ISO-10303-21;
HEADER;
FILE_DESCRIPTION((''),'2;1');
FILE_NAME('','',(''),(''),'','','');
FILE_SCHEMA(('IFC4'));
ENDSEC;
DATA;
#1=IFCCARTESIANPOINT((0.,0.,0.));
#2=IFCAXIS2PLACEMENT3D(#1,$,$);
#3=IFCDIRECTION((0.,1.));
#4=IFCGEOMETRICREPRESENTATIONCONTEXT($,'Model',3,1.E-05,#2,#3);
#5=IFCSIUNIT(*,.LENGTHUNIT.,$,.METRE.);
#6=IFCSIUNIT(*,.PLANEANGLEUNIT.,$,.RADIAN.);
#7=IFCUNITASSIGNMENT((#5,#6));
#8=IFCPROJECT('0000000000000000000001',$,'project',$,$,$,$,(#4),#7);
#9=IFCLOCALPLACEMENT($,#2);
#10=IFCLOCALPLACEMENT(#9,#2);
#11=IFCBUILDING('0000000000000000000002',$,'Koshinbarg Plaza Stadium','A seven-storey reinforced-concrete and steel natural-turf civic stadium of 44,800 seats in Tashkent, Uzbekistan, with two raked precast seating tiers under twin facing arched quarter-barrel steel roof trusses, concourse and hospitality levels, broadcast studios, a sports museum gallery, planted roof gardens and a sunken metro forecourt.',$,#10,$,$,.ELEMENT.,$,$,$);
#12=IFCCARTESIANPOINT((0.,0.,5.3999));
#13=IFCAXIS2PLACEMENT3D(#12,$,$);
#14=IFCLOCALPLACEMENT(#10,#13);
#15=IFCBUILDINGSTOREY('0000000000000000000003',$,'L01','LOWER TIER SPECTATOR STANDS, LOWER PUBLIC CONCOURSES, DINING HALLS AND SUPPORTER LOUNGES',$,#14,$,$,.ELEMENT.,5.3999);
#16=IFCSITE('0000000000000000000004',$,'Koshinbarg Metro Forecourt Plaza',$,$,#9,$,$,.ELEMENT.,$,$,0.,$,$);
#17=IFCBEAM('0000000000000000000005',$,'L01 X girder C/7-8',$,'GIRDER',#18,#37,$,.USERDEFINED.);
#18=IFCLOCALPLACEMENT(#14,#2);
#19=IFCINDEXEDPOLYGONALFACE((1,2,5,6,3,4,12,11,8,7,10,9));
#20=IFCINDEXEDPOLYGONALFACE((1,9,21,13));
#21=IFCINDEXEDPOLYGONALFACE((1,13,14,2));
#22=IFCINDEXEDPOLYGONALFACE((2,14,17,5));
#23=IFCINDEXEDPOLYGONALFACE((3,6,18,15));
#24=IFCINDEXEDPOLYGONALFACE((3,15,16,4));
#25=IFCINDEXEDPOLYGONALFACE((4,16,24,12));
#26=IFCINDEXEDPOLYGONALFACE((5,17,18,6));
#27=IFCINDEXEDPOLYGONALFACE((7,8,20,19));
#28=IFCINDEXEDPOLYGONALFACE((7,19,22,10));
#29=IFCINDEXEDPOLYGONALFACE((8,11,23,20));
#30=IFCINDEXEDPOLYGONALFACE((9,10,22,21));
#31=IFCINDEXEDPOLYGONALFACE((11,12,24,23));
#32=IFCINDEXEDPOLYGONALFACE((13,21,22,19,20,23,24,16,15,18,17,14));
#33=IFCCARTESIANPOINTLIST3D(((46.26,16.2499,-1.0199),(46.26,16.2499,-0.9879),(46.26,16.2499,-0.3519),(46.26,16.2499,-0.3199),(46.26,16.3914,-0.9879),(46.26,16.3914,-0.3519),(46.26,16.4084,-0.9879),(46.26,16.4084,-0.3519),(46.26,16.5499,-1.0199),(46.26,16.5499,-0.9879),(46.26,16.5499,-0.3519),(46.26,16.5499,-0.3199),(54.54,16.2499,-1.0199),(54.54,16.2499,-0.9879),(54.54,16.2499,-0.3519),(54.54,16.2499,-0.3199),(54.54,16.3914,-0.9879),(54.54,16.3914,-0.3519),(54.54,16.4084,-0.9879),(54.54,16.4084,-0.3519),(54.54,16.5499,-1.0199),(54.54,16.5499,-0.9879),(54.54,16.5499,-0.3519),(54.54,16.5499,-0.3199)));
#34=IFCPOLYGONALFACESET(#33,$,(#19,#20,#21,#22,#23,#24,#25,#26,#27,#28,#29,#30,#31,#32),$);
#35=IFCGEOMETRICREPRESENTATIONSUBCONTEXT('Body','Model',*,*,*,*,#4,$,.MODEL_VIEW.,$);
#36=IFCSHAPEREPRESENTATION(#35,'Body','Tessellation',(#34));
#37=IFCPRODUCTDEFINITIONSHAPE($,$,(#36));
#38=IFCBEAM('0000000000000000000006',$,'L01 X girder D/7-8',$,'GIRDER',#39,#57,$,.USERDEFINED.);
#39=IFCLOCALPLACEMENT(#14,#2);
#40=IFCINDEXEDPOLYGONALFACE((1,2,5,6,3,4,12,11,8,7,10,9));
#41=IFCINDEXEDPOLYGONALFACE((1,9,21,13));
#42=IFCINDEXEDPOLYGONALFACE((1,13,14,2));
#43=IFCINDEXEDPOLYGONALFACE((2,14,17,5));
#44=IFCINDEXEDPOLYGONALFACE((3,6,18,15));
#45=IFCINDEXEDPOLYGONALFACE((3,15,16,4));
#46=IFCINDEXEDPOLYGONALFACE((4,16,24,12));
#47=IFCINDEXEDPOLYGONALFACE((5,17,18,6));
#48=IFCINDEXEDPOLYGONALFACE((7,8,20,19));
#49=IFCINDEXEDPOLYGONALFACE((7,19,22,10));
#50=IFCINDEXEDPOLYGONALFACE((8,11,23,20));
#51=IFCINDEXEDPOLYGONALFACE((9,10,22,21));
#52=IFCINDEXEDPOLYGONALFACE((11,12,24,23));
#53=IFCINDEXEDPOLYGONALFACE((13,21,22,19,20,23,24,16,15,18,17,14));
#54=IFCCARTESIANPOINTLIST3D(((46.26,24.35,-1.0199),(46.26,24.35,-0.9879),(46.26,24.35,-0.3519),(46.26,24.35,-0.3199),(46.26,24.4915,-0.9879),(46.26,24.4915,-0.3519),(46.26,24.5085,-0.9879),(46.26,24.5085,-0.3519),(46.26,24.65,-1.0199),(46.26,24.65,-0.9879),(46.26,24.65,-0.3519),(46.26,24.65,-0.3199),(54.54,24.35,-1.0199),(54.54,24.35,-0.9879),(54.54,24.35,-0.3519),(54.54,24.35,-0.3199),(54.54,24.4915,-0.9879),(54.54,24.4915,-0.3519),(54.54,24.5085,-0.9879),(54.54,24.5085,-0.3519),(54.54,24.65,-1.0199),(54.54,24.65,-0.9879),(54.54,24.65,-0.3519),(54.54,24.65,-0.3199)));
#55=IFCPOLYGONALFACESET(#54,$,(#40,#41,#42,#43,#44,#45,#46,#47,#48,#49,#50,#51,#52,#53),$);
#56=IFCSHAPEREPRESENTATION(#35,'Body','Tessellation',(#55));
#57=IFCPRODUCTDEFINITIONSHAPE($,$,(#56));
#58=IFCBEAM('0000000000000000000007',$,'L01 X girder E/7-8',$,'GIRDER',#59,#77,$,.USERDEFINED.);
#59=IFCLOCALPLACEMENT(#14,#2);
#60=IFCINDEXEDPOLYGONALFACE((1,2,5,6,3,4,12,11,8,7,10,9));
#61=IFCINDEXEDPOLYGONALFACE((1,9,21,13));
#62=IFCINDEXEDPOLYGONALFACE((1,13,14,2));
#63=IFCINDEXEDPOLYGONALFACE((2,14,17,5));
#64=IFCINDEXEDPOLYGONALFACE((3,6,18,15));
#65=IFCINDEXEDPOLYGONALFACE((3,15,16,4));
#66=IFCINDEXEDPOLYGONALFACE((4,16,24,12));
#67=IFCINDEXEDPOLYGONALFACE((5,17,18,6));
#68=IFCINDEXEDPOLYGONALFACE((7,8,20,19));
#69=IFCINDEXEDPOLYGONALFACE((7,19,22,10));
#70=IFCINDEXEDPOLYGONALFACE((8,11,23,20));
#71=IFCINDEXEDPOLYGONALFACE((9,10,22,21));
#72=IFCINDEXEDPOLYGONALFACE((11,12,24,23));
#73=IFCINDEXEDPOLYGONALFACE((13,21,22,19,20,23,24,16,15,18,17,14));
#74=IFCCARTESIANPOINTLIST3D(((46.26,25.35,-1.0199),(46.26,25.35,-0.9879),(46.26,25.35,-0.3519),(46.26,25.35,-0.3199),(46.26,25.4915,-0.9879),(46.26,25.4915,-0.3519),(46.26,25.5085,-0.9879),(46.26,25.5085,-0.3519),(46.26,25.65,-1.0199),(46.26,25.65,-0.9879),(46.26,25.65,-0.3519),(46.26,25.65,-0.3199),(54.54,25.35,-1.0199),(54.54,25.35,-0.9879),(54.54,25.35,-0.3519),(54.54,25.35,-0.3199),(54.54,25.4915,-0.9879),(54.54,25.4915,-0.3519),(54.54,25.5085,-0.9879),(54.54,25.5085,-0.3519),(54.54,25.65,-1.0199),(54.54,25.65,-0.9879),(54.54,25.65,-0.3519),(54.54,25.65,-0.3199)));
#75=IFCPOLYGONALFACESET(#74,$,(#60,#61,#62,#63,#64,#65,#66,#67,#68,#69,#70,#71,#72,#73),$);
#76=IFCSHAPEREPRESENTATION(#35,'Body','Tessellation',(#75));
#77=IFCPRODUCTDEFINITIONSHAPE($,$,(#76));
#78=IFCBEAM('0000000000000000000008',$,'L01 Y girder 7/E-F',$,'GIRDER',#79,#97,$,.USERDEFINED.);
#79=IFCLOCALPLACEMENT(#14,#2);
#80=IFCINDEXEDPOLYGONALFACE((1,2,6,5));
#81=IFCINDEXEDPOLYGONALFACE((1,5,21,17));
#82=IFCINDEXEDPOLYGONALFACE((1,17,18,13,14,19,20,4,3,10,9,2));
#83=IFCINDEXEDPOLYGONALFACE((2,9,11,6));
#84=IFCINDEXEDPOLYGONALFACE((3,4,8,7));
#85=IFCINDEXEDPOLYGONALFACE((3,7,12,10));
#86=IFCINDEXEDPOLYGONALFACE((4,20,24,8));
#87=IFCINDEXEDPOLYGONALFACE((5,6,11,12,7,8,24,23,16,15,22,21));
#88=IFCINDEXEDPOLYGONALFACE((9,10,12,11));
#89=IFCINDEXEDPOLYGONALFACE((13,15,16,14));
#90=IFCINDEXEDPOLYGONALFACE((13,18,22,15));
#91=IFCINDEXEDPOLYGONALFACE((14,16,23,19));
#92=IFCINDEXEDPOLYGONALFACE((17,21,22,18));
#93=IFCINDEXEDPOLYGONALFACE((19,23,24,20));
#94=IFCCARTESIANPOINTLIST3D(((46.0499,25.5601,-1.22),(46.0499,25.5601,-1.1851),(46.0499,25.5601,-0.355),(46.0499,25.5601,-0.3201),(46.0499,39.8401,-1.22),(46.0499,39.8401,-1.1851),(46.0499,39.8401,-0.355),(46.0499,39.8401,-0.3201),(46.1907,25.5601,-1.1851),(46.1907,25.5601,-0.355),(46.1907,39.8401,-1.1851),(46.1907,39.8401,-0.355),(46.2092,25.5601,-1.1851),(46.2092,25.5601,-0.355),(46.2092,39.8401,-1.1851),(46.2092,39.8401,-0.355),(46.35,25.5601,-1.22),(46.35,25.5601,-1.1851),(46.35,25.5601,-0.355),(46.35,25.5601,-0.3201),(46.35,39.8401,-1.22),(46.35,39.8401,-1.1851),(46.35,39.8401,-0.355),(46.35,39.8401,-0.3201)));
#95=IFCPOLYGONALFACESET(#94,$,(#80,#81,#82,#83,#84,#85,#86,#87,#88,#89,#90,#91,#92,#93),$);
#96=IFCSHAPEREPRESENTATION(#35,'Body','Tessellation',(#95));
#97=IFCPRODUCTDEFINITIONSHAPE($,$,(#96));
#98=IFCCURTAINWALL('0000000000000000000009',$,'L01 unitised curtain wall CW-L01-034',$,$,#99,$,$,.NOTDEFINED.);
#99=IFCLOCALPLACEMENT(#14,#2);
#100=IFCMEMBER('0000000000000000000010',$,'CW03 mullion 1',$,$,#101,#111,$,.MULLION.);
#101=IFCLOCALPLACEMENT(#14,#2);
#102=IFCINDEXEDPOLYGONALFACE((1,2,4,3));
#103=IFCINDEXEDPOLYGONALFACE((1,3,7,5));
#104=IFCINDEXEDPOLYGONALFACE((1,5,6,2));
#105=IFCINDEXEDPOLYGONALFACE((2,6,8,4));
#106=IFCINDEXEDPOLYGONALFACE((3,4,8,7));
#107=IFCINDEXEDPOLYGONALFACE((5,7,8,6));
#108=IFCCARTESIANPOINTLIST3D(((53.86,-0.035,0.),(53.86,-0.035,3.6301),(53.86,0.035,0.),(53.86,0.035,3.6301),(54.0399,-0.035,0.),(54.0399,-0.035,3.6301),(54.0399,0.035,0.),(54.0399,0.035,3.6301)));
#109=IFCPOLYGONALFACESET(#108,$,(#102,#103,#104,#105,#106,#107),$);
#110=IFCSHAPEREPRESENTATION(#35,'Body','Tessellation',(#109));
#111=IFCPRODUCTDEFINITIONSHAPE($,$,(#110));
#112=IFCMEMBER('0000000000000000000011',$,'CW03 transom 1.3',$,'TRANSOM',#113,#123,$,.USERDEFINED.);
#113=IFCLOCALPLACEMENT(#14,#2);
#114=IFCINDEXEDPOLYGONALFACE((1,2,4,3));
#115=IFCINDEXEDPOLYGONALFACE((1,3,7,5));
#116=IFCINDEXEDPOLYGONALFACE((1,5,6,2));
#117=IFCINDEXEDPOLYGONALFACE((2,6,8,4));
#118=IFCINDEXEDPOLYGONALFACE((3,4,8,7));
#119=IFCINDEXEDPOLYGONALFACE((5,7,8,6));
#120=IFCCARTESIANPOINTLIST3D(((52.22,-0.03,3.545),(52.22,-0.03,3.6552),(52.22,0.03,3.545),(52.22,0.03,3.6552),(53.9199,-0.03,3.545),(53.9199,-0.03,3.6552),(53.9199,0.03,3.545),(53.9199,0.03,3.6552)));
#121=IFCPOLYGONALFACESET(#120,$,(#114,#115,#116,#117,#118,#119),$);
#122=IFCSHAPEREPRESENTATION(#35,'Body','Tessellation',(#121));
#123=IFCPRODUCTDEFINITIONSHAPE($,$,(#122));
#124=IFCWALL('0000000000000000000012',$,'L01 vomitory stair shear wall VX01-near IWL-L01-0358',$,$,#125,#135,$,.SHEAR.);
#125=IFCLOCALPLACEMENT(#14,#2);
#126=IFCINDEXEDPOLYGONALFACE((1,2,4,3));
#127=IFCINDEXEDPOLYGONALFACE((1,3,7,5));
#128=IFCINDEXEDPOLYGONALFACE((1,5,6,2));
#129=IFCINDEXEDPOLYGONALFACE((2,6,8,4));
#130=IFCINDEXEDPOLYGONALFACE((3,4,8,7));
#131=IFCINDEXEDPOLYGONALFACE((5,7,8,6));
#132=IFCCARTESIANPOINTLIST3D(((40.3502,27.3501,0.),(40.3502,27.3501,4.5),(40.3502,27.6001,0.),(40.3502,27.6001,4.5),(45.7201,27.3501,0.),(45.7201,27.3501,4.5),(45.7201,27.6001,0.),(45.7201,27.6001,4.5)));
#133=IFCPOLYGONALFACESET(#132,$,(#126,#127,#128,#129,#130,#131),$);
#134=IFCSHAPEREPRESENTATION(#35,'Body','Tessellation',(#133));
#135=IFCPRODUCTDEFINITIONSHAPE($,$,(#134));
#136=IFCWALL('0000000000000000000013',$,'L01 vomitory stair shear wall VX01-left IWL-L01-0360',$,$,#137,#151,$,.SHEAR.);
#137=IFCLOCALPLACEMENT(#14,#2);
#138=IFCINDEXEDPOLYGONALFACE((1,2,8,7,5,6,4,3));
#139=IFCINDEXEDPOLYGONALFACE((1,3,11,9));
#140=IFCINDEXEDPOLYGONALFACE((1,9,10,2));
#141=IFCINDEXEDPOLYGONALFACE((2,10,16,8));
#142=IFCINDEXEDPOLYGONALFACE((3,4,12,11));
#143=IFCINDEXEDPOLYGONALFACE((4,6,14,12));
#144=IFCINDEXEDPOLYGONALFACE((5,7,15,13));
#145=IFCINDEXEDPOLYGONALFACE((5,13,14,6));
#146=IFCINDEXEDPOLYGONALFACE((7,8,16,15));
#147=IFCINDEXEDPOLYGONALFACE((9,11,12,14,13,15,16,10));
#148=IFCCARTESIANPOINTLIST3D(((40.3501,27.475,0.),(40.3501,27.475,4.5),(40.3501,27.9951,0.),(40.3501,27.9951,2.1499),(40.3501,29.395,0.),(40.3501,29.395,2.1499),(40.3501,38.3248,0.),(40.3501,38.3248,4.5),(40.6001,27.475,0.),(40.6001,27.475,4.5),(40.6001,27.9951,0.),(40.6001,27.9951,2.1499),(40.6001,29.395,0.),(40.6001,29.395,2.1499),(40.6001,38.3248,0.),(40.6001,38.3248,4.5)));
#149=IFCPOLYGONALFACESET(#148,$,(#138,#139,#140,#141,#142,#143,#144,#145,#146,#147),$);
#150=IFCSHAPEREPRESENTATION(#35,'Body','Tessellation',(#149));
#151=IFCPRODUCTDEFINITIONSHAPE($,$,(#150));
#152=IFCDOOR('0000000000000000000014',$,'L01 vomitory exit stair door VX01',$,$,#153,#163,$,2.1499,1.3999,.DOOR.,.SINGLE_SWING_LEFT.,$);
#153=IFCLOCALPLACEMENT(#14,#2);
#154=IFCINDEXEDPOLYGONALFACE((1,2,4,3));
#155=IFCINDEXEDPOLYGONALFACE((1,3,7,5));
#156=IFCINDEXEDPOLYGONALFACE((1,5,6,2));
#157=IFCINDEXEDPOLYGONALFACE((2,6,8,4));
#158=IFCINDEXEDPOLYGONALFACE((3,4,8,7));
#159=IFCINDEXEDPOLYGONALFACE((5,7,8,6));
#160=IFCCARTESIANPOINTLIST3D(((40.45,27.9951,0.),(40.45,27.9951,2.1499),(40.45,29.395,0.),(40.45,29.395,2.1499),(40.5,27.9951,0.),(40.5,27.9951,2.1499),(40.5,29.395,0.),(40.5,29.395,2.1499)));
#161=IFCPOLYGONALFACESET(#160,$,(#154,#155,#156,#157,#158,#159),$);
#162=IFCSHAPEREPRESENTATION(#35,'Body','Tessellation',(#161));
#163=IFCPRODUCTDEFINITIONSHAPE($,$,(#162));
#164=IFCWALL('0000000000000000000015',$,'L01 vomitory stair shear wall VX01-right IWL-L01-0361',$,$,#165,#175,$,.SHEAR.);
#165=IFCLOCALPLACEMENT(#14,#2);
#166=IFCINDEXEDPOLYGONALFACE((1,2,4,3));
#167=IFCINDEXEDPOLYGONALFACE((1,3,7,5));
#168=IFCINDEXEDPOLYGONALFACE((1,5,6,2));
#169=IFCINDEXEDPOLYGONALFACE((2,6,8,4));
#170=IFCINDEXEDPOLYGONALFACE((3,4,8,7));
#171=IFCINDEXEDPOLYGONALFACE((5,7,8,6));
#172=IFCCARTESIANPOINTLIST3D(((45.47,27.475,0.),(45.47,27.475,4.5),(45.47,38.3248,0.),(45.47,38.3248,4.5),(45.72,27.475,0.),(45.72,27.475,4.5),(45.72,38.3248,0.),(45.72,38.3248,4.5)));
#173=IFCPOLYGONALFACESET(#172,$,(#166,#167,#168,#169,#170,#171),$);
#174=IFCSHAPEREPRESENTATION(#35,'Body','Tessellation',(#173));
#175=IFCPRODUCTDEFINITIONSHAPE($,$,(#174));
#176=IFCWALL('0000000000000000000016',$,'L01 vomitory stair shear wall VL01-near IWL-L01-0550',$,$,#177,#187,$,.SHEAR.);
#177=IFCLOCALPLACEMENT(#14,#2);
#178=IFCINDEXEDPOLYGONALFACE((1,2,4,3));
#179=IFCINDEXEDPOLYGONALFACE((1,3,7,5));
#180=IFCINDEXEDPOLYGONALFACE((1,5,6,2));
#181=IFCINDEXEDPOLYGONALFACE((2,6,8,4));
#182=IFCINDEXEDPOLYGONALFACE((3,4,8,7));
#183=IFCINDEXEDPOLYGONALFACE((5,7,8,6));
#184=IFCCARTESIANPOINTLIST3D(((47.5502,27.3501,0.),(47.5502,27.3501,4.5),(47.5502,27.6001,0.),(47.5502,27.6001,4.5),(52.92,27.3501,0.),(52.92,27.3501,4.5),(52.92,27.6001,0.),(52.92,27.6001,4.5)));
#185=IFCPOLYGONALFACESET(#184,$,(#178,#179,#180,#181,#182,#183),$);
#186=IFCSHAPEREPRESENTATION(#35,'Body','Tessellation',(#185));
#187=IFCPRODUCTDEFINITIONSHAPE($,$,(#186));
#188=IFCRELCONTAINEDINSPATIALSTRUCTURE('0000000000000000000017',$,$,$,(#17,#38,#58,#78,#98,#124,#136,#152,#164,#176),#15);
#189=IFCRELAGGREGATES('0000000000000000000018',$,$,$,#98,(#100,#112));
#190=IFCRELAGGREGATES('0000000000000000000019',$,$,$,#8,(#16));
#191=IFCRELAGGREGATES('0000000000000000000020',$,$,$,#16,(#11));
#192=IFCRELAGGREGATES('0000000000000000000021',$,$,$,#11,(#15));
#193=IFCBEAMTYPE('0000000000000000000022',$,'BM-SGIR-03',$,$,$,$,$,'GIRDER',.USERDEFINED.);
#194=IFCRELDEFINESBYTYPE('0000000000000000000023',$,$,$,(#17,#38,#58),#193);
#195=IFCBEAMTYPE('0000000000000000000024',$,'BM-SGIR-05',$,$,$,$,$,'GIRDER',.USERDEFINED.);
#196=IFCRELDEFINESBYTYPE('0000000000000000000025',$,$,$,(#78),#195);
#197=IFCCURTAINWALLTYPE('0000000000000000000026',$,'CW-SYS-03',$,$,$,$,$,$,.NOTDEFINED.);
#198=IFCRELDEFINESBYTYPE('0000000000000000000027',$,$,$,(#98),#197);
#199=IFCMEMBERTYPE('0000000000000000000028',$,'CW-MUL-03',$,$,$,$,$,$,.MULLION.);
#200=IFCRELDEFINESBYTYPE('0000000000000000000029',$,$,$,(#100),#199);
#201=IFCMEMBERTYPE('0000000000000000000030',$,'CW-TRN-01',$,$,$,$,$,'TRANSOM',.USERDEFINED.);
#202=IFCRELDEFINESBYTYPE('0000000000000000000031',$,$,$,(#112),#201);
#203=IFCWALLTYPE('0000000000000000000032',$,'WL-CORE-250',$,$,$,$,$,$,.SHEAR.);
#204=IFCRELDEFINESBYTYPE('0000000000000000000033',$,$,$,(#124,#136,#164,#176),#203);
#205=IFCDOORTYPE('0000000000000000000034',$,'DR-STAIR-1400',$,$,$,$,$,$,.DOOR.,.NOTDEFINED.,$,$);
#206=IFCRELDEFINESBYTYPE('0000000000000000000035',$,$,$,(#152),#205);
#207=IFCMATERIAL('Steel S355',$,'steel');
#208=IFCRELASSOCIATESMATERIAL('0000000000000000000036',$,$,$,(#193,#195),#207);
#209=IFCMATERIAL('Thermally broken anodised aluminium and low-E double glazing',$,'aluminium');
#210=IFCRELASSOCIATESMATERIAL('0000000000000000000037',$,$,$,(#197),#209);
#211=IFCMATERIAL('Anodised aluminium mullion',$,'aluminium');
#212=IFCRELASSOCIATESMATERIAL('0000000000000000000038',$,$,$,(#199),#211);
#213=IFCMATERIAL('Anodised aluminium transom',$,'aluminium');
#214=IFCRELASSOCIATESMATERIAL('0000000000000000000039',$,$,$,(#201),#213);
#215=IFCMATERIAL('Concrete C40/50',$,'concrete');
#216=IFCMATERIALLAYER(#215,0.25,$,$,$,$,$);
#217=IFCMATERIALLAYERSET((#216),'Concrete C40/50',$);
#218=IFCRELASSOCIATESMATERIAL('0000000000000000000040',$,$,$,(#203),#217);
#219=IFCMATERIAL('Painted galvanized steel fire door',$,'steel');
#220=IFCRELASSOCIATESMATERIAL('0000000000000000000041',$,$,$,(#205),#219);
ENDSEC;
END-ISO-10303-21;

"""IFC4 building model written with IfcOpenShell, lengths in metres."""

from ifc_helpers import new_model, si_unit, direction, frame, frame_2d, origin, origin_2d, place, context, subcontext, project, spatial, rectangle, i_section, extrude, material, layer, layer_set, material_profile, profile_set, type_object, element, fill, aggregate, save


model = new_model("IFC4")

# Units and contexts
model_context = context("Model", 3, precision=1e-05, world=origin(), true_north=direction((0.0, 1.0)))
body_context = subcontext(model_context, "Body", "Model", "MODEL_VIEW")
ifc_project = project(units=[si_unit("LENGTHUNIT", "METRE"), si_unit("PLANEANGLEUNIT", "RADIAN")], contexts=[model_context])

# Site, building, storey
site_placement = place(None, origin())
site = spatial("IfcSite", under=ifc_project, at=site_placement, Name="Koshinbarg Metro Forecourt Plaza", CompositionType="ELEMENT", RefElevation=0.0)
building_placement = place(site_placement, origin())
building = spatial("IfcBuilding", under=site, at=building_placement, Name="Koshinbarg Plaza Stadium", Description="A seven-storey reinforced-concrete and steel natural-turf civic stadium of 44,800 seats in Tashkent, Uzbekistan, with two raked precast seating tiers under twin facing arched quarter-barrel steel roof trusses, concourse and hospitality levels, broadcast studios, a sports museum gallery, planted roof gardens and a sunken metro forecourt.", CompositionType="ELEMENT")
storey_placement = place(building_placement, frame((0.0, 0.0, 5.3999)))
storey = spatial("IfcBuildingStorey", under=building, at=storey_placement, Name="L01", Description="LOWER TIER SPECTATOR STANDS, LOWER PUBLIC CONCOURSES, DINING HALLS AND SUPPORTER LOUNGES", CompositionType="ELEMENT", Elevation=5.3999)

# Shared definitions
ifc_material_1 = material(Name="Concrete C40/50", Category="concrete")

# Beams
ifc_material_2 = material(Name="Steel S355", Category="steel")
ifc_material_profile_1 = material_profile(ifc_material_2, i_section(OverallWidth=0.3, OverallDepth=0.7, WebThickness=0.0171, FlangeThickness=0.032, at=origin_2d()), Name="HEB 700")
ifc_profile_set_1 = profile_set([ifc_material_profile_1], Name="Steel S355")
beam_type_1 = type_object("IfcBeamType", Name="BM-SGIR-03", ElementType="GIRDER", PredefinedType="USERDEFINED", material=ifc_profile_set_1)
for number, where, z_axis, x_axis, name in (
    (1, (46.26, 16.3999, -0.6699), (1.0, 0.0, 0.0), (0.0, 1.0, 0.0), "L01 X girder C/7-8"),
    (2, (46.26, 24.5, -0.6699), (1.0, 0.0, 0.0), (0.0, 1.0, 0.0), "L01 X girder D/7-8"),
    (3, (46.26, 25.5, -0.6699), (1.0, 0.0, 0.0), (0.0, 1.0, 0.0), "L01 X girder E/7-8"),
):
    element("IfcBeam", number, at=place(storey_placement, frame(where, z_axis=z_axis, x_axis=x_axis)), inside=storey, type_object=beam_type_1, Name=name, ObjectType="GIRDER", PredefinedType="USERDEFINED", context=body_context, shape_type="SweptSolid", body=[
        extrude(i_section(OverallWidth=0.3, OverallDepth=0.7, WebThickness=0.0171, FlangeThickness=0.032, at=origin_2d()), origin(), (0.0, 0.0, 1.0), 8.28),
    ])
ifc_material_profile_2 = material_profile(ifc_material_2, i_section(OverallWidth=0.3, OverallDepth=0.8999, WebThickness=0.0186, FlangeThickness=0.0349, at=origin_2d()), Name="HEB 900")
ifc_profile_set_2 = profile_set([ifc_material_profile_2], Name="Steel S355")
beam_type_2 = type_object("IfcBeamType", Name="BM-SGIR-05", ElementType="GIRDER", PredefinedType="USERDEFINED", material=ifc_profile_set_2)
beam_1_placement = place(storey_placement, frame((46.2, 25.5601, -0.77), z_axis=(0.0, 1.0, 0.0), x_axis=(-1.0, 0.0, 0.0)))
element("IfcBeam", 4, at=beam_1_placement, inside=storey, type_object=beam_type_2, Name="L01 Y girder 7/E-F", ObjectType="GIRDER", PredefinedType="USERDEFINED", context=body_context, shape_type="SweptSolid", body=[
    extrude(i_section(OverallWidth=0.3, OverallDepth=0.8999, WebThickness=0.0186, FlangeThickness=0.0349, at=origin_2d()), origin(), (0.0, 0.0, 1.0), 14.28),
])

# Curtain wall, members
ifc_material_3 = material(Name="Thermally broken anodised aluminium and low-E double glazing", Category="aluminium")
curtain_wall_type = type_object("IfcCurtainWallType", Name="CW-SYS-03", PredefinedType="NOTDEFINED", material=ifc_material_3)
curtain_wall_placement = place(storey_placement, origin())
curtain_wall = element("IfcCurtainWall", 5, at=curtain_wall_placement, inside=storey, type_object=curtain_wall_type, Name="L01 unitised curtain wall CW-L01-034", PredefinedType="NOTDEFINED")
ifc_material_4 = material(Name="Anodised aluminium mullion", Category="aluminium")
ifc_material_profile_3 = material_profile(ifc_material_4, rectangle(XDim=0.0701, YDim=0.1799, at=origin_2d()), Name="ALU 70x180")
ifc_profile_set_3 = profile_set([ifc_material_profile_3], Name="Anodised aluminium mullion")
member_type_1 = type_object("IfcMemberType", Name="CW-MUL-03", PredefinedType="MULLION", material=ifc_profile_set_3)
member_1_placement = place(storey_placement, frame((53.95, 0.0, 0.0), z_axis=(0.0, 0.0, 1.0), x_axis=(0.0, -1.0, 0.0)))
member_1 = element("IfcMember", 6, at=member_1_placement, type_object=member_type_1, Name="CW03 mullion 1", PredefinedType="MULLION", context=body_context, shape_type="SweptSolid", body=[
    extrude(rectangle(XDim=0.0701, YDim=0.1799, at=origin_2d()), origin(), (0.0, 0.0, 1.0), 3.6301),
])
ifc_material_5 = material(Name="Anodised aluminium transom", Category="aluminium")
ifc_material_profile_4 = material_profile(ifc_material_5, rectangle(XDim=0.0601, YDim=0.1101, at=origin_2d()), Name="ALU 60x110")
ifc_profile_set_4 = profile_set([ifc_material_profile_4], Name="Anodised aluminium transom")
member_type_2 = type_object("IfcMemberType", Name="CW-TRN-01", ElementType="TRANSOM", PredefinedType="USERDEFINED", material=ifc_profile_set_4)
member_2_placement = place(storey_placement, frame((53.9199, 0.0, 3.6001), z_axis=(-1.0, 0.0, 0.0), x_axis=(0.0, -1.0, 0.0)))
member_2 = element("IfcMember", 7, at=member_2_placement, type_object=member_type_2, Name="CW03 transom 1.3", ObjectType="TRANSOM", PredefinedType="USERDEFINED", context=body_context, shape_type="SweptSolid", body=[
    extrude(rectangle(XDim=0.0601, YDim=0.1101, at=origin_2d()), origin(), (0.0, 0.0, 1.0), 1.7),
])
aggregate(curtain_wall, [member_1, member_2])

# Wall
ifc_layer_1 = layer(ifc_material_1, 0.25)
ifc_layer_set_1 = layer_set([ifc_layer_1], Name="Concrete C40/50")
wall_type_1 = type_object("IfcWallType", Name="WL-CORE-250", PredefinedType="SHEAR", material=ifc_layer_set_1)
wall_1_placement = place(storey_placement, frame((40.3501, 27.4751, 0.0), z_axis=(0.0, 0.0, 1.0), x_axis=(1.0, 0.0, 0.0)))
element("IfcWall", 8, at=wall_1_placement, inside=storey, type_object=wall_type_1, Name="L01 vomitory stair shear wall VX01-near IWL-L01-0358", PredefinedType="SHEAR", context=body_context, shape_type="SweptSolid", body=[
    extrude(rectangle(XDim=5.3699, YDim=0.25, at=frame_2d((2.6851, 0.0))), origin(), (0.0, 0.0, 1.0), 4.5),
])

# Wall, opening, door
wall_2_placement = place(storey_placement, frame((40.4751, 27.4751, 0.0), z_axis=(0.0, 0.0, 1.0), x_axis=(0.0, 1.0, 0.0)))
wall_2 = element("IfcWall", 9, at=wall_2_placement, inside=storey, type_object=wall_type_1, Name="L01 vomitory stair shear wall VX01-left IWL-L01-0360", PredefinedType="SHEAR", context=body_context, shape_type="SweptSolid", body=[
    extrude(rectangle(XDim=10.8499, YDim=0.25, at=frame_2d((5.4248, 0.0))), origin(), (0.0, 0.0, 1.0), 4.5),
])
opening_1_placement = place(wall_2_placement, frame((0.52, 0.0, 0.0)))
opening_1 = element("IfcOpeningElement", 10, at=opening_1_placement, cuts=wall_2, PredefinedType="OPENING", context=body_context, shape_type="SweptSolid", body=[
    extrude(rectangle(XDim=1.3999, YDim=2.1499, at=frame_2d((0.7, 1.075))), frame((0.0, 0.135, 0.0), z_axis=(0.0, -1.0, 0.0), x_axis=(1.0, 0.0, 0.0)), (0.0, 0.0, 1.0), 0.27),
])
ifc_material_6 = material(Name="Painted galvanized steel fire door", Category="steel")
door_type_1 = type_object("IfcDoorType", Name="DR-STAIR-1400", OperationType="NOTDEFINED", PredefinedType="DOOR", material=ifc_material_6)
door_1_placement = place(opening_1_placement, frame((1.3999, 0.0, 0.0), z_axis=(0.0, 0.0, 1.0), x_axis=(-1.0, 0.0, 0.0)))
door_1 = element("IfcDoor", 11, at=door_1_placement, inside=storey, type_object=door_type_1, Name="L01 vomitory exit stair door VX01", OperationType="SINGLE_SWING_LEFT", OverallHeight=2.1499, OverallWidth=1.3999, PredefinedType="DOOR", context=body_context, shape_type="SweptSolid", body=[
    extrude(rectangle(XDim=1.3999, YDim=2.1499, at=frame_2d((0.7, 1.075))), frame((0.0, 0.0249, 0.0), z_axis=(0.0, -1.0, 0.0), x_axis=(1.0, 0.0, 0.0)), (0.0, 0.0, 1.0), 0.05),
])
fill(opening_1, door_1)

# Walls
wall_3_placement = place(storey_placement, frame((45.595, 27.4751, 0.0), z_axis=(0.0, 0.0, 1.0), x_axis=(0.0, 1.0, 0.0)))
element("IfcWall", 12, at=wall_3_placement, inside=storey, type_object=wall_type_1, Name="L01 vomitory stair shear wall VX01-right IWL-L01-0361", PredefinedType="SHEAR", context=body_context, shape_type="SweptSolid", body=[
    extrude(rectangle(XDim=10.8499, YDim=0.25, at=frame_2d((5.4248, 0.0))), origin(), (0.0, 0.0, 1.0), 4.5),
])
wall_4_placement = place(storey_placement, frame((47.55, 27.4751, 0.0), z_axis=(0.0, 0.0, 1.0), x_axis=(1.0, 0.0, 0.0)))
element("IfcWall", 13, at=wall_4_placement, inside=storey, type_object=wall_type_1, Name="L01 vomitory stair shear wall VL01-near IWL-L01-0550", PredefinedType="SHEAR", context=body_context, shape_type="SweptSolid", body=[
    extrude(rectangle(XDim=5.3699, YDim=0.25, at=frame_2d((2.6851, 0.0))), origin(), (0.0, 0.0, 1.0), 4.5),
])

save(model, "model.ifc")
